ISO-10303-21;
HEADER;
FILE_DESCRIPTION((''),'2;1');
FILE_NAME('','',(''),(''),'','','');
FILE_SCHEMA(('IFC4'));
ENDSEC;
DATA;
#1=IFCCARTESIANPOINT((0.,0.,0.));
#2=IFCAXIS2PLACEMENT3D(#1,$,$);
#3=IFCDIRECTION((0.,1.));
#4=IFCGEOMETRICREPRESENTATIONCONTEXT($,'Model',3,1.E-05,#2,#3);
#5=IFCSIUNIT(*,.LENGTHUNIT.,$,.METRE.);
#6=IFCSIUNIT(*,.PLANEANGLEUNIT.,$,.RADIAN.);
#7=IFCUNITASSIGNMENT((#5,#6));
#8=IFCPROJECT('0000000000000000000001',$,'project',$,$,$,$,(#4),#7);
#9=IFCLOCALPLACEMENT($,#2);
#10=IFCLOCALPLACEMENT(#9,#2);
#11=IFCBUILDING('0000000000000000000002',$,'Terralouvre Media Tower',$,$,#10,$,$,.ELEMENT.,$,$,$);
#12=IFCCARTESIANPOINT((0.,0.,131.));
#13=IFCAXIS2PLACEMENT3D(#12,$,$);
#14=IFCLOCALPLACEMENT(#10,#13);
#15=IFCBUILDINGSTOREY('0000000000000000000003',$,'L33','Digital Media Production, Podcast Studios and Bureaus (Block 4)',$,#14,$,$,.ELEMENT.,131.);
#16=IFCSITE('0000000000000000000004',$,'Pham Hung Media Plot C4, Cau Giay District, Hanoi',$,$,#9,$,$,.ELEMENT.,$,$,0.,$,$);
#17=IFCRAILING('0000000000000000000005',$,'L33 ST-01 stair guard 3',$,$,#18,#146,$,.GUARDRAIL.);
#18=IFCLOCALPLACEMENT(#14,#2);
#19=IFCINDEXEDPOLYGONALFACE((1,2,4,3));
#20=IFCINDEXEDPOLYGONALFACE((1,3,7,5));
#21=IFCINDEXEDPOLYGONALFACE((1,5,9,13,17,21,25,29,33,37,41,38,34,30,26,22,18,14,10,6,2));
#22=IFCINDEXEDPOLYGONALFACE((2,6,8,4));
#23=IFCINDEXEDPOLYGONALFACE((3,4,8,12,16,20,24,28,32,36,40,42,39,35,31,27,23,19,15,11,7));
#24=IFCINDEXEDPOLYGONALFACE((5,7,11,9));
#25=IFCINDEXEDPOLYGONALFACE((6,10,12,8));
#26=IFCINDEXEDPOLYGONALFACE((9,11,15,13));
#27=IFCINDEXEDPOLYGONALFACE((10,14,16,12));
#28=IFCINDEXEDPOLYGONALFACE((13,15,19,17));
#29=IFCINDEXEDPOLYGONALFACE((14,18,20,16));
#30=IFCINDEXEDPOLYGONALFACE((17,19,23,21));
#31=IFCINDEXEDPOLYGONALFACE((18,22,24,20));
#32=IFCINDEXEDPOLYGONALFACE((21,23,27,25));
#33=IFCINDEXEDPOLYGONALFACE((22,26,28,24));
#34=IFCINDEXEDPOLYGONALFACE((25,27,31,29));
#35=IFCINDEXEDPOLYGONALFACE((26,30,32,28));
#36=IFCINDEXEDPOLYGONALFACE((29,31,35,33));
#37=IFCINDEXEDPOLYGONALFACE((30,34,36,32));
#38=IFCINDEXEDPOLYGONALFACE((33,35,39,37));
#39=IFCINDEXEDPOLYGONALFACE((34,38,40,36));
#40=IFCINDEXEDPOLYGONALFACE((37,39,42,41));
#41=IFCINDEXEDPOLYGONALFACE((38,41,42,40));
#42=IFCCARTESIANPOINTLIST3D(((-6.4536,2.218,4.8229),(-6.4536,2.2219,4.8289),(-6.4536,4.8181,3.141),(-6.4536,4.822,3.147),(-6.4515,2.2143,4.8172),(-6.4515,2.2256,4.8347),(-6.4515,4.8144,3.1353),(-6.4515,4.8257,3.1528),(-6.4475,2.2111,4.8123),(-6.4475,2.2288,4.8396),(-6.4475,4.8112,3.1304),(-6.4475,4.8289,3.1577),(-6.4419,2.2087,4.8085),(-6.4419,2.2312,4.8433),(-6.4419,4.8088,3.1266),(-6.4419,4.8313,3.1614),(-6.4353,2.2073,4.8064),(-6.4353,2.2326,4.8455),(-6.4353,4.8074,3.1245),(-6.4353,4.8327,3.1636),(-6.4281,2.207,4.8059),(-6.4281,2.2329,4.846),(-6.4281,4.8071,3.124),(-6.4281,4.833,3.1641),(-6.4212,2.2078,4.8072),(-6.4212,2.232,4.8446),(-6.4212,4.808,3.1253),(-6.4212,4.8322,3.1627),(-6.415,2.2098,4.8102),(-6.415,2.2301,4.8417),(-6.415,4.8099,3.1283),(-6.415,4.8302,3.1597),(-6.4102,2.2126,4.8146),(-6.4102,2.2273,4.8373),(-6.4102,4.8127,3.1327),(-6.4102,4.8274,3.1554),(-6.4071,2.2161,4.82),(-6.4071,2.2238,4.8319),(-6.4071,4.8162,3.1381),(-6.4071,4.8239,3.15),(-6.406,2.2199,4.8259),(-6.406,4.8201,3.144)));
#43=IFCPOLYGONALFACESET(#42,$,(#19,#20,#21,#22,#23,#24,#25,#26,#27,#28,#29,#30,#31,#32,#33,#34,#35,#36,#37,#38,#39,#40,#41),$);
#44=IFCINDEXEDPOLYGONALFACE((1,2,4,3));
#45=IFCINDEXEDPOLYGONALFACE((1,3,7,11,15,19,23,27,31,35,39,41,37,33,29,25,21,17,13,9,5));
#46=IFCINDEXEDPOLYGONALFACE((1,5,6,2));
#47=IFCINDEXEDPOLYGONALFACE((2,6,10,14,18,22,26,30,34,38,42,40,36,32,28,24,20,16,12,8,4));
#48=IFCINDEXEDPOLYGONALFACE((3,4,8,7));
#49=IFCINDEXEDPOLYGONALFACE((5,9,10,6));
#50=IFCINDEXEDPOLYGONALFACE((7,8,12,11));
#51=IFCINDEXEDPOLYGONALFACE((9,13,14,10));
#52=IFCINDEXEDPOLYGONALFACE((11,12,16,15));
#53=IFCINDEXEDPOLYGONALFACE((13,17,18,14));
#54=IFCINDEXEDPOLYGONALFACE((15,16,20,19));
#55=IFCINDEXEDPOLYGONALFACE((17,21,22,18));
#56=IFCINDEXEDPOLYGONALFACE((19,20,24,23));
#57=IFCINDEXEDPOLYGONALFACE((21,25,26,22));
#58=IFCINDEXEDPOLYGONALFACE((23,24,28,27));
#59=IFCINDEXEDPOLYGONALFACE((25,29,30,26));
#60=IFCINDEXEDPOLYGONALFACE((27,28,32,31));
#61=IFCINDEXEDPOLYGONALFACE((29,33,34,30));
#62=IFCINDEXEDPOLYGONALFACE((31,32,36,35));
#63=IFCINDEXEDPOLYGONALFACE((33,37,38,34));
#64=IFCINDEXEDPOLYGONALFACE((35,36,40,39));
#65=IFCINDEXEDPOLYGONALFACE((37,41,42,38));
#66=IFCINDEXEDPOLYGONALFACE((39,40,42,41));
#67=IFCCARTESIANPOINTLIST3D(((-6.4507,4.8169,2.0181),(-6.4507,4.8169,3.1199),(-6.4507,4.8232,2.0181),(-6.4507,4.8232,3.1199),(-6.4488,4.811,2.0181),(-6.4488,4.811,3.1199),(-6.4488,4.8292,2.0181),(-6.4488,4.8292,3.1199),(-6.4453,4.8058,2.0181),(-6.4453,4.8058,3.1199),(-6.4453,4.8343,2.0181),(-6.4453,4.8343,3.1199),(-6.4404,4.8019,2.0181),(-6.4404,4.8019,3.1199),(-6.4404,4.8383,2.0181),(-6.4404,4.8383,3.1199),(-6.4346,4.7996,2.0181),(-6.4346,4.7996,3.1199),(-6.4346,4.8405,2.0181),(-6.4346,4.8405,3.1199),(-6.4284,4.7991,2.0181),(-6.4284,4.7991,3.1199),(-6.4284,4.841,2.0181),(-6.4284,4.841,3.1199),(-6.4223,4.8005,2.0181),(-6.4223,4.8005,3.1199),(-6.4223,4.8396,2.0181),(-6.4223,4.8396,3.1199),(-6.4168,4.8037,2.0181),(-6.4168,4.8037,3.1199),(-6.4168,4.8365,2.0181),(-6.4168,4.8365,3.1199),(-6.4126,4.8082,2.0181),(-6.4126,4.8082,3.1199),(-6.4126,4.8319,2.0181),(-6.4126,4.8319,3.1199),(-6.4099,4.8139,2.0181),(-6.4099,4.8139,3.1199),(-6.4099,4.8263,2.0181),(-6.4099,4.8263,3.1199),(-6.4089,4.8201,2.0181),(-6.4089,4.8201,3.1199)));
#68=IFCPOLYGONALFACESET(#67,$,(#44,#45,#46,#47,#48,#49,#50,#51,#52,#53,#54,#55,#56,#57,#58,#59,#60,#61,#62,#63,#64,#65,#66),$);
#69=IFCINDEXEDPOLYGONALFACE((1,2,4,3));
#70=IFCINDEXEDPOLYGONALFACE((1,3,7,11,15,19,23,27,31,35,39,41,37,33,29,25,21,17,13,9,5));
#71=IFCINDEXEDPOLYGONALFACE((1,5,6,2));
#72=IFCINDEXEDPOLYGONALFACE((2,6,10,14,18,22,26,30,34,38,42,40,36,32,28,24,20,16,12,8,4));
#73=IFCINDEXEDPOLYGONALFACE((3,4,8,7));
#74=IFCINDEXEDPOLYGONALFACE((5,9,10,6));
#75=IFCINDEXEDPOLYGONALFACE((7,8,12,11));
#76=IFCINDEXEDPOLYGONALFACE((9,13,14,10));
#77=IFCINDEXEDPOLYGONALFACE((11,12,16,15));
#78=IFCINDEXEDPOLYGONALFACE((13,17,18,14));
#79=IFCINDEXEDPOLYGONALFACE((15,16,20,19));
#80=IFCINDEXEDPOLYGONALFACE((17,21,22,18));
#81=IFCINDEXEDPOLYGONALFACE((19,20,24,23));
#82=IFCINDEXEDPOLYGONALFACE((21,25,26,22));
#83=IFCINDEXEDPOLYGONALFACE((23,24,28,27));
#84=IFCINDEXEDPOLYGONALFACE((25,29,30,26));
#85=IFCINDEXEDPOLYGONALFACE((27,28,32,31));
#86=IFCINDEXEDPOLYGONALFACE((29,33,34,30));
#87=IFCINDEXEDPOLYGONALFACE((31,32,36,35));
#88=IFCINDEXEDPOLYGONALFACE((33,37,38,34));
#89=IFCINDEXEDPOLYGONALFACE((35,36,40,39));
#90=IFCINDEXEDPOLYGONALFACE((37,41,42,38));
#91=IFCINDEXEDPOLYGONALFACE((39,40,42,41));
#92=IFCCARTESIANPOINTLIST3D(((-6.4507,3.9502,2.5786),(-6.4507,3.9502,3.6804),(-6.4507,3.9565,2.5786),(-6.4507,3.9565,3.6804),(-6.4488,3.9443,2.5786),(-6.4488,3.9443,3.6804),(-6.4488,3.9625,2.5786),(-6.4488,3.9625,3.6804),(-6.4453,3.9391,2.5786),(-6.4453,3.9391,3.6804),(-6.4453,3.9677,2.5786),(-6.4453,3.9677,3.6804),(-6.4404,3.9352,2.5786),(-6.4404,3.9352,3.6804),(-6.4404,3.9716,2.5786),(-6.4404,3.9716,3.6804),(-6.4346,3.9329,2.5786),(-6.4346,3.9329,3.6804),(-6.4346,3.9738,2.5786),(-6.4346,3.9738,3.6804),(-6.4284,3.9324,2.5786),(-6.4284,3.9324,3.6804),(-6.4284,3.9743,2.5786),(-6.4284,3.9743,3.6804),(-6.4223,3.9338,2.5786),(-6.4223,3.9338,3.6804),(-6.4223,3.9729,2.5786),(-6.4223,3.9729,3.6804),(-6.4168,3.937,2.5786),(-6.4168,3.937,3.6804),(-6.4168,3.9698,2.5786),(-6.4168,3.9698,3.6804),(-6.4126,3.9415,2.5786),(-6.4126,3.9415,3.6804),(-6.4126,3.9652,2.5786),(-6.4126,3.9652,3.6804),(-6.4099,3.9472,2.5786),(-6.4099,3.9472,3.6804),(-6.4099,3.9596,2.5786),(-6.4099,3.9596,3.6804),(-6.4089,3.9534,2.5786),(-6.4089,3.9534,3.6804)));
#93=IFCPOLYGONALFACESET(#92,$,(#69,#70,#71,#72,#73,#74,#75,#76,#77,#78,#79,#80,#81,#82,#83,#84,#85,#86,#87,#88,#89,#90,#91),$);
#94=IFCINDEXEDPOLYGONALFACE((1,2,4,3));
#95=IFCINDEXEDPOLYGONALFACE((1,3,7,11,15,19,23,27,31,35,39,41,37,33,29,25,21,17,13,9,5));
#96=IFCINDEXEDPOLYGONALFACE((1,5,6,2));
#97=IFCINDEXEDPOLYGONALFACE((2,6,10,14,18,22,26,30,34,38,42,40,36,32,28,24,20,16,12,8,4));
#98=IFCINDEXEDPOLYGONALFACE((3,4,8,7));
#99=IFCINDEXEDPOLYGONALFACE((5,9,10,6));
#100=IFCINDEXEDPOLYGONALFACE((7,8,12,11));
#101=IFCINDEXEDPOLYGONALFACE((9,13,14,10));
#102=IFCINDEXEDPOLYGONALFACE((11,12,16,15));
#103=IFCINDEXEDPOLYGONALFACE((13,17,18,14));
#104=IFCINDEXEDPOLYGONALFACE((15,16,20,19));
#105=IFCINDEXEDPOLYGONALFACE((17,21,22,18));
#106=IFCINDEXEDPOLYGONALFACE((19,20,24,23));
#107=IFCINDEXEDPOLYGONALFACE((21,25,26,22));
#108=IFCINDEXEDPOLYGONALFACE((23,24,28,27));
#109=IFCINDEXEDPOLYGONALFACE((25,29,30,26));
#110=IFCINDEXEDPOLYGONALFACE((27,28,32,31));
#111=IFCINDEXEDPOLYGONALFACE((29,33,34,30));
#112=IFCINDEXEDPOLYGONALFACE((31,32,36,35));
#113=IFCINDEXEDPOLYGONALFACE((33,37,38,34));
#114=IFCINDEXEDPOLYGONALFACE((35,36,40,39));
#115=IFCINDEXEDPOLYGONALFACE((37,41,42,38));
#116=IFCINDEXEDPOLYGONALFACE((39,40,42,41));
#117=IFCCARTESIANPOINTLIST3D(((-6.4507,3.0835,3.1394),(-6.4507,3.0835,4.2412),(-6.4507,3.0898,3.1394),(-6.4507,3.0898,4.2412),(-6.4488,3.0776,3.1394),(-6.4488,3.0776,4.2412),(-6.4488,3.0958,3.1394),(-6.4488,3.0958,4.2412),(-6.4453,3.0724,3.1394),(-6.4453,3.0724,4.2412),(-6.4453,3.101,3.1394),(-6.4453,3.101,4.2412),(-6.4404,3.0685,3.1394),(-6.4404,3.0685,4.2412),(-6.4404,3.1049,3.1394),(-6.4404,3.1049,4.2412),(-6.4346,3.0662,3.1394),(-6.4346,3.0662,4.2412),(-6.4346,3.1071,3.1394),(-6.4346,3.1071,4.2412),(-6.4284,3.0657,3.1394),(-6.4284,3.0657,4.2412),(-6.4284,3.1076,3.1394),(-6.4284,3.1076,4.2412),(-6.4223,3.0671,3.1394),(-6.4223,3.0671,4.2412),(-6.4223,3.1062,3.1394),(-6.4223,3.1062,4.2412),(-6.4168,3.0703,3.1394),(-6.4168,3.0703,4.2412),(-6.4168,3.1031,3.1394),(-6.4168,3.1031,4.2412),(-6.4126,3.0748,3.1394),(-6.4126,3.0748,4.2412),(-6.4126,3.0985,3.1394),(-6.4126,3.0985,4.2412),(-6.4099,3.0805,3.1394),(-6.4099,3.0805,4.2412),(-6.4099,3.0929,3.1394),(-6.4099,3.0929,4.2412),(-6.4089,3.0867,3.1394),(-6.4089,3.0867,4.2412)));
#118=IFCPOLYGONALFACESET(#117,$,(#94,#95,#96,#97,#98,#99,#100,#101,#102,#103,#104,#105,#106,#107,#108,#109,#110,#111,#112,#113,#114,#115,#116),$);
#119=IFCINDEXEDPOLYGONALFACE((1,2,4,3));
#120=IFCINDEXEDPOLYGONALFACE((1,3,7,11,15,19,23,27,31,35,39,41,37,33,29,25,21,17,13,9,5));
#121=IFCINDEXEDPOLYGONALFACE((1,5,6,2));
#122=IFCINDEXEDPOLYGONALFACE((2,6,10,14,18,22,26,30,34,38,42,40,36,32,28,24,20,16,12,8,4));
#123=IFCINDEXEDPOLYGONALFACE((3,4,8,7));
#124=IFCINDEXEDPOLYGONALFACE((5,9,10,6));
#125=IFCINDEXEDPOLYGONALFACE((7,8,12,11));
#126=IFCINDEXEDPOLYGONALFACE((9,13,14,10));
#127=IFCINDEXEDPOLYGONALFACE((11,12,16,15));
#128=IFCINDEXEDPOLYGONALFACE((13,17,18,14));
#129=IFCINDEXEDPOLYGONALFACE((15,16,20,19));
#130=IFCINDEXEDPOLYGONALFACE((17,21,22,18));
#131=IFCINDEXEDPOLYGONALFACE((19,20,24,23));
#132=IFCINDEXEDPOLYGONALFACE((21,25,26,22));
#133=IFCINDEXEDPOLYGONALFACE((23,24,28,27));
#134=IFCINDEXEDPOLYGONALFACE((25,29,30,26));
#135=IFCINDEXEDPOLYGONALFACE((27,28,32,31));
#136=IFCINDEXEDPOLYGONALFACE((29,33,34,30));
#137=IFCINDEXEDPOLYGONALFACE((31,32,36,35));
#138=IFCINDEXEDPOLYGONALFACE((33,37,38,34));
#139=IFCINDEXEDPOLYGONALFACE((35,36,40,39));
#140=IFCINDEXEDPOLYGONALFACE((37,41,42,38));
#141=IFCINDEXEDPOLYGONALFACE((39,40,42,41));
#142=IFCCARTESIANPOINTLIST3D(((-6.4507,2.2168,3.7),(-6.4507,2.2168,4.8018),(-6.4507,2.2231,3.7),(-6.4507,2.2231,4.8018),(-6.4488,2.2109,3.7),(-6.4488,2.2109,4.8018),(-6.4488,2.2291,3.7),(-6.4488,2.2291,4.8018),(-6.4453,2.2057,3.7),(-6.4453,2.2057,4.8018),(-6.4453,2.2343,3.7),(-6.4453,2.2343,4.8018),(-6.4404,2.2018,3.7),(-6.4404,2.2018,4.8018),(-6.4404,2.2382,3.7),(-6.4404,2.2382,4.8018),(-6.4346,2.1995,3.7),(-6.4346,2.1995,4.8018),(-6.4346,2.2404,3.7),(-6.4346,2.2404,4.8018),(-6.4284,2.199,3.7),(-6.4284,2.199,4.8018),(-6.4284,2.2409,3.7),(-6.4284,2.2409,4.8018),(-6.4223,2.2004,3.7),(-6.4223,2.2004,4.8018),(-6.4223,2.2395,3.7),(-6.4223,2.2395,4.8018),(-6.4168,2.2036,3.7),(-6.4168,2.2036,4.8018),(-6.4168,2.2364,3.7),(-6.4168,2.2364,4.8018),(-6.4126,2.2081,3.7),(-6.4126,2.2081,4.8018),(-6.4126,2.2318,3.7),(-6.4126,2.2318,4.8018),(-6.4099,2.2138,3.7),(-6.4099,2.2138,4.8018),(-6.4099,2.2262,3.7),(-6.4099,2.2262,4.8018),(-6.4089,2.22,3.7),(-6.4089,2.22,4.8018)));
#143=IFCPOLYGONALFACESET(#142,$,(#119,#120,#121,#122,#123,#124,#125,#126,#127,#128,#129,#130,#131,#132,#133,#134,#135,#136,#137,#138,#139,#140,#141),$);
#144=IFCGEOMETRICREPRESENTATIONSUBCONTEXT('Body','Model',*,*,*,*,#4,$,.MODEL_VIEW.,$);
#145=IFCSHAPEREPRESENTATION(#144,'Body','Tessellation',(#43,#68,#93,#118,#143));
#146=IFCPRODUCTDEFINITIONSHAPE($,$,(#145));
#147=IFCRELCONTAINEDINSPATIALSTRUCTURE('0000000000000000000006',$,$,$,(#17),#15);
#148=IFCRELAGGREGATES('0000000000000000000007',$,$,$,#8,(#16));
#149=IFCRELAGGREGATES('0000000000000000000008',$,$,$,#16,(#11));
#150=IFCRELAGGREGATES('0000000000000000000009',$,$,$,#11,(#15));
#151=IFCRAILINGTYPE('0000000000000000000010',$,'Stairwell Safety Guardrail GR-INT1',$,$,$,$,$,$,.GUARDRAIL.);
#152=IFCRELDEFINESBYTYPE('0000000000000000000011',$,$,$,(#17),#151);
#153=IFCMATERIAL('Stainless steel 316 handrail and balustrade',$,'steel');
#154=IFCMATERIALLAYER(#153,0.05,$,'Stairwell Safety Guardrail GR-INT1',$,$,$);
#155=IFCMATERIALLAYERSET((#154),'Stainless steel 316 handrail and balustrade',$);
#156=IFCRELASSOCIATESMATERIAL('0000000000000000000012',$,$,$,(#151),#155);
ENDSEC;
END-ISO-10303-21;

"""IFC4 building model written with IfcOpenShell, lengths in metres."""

from ifc_helpers import new_model, si_unit, direction, frame, origin, origin_2d, place, context, subcontext, project, spatial, circle, extrude, material, layer, layer_set, type_object, element, save


model = new_model("IFC4")

# Units and contexts
model_context = context("Model", 3, precision=1e-05, world=origin(), true_north=direction((0.0, 1.0)))
body_context = subcontext(model_context, "Body", "Model", "MODEL_VIEW")
ifc_project = project(units=[si_unit("LENGTHUNIT", "METRE"), si_unit("PLANEANGLEUNIT", "RADIAN")], contexts=[model_context])

# Site, building, storey
site_placement = place(None, origin())
site = spatial("IfcSite", under=ifc_project, at=site_placement, Name="Pham Hung Media Plot C4, Cau Giay District, Hanoi", CompositionType="ELEMENT", RefElevation=0.0)
building_placement = place(site_placement, origin())
building = spatial("IfcBuilding", under=site, at=building_placement, Name="Terralouvre Media Tower", CompositionType="ELEMENT")
storey_placement = place(building_placement, frame((0.0, 0.0, 131.0)))
storey = spatial("IfcBuildingStorey", under=building, at=storey_placement, Name="L33", Description="Digital Media Production, Podcast Studios and Bureaus (Block 4)", CompositionType="ELEMENT", Elevation=131.0)

# Railing
ifc_material_1 = material(Name="Stainless steel 316 handrail and balustrade", Category="steel")
ifc_layer_1 = layer(ifc_material_1, 0.05, Name="Stairwell Safety Guardrail GR-INT1")
ifc_layer_set_1 = layer_set([ifc_layer_1], Name="Stainless steel 316 handrail and balustrade")
railing_type_1 = type_object("IfcRailingType", Name="Stairwell Safety Guardrail GR-INT1", PredefinedType="GUARDRAIL", material=ifc_layer_set_1)
railing_1_placement = place(storey_placement, frame((-6.4299, 4.8201, 2.0181)))
element("IfcRailing", 1, at=railing_1_placement, inside=storey, type_object=railing_type_1, Name="L33 ST-01 stair guard 3", PredefinedType="GUARDRAIL", context=body_context, shape_type="SweptSolid", body=[
    extrude(circle(Radius=0.0239, at=origin_2d()), frame((0.0, 0.0, 1.126), z_axis=(0.0, -0.839648, 0.54313), x_axis=(1.0, 0.0, 0.0)), (0.0, 0.0, 1.0), 3.0967),
    extrude(circle(Radius=0.021, at=origin_2d()), origin(), (0.0, 0.0, 1.0), 1.1018),
    extrude(circle(Radius=0.021, at=origin_2d()), frame((0.0, -0.8667, 0.5605)), (0.0, 0.0, 1.0), 1.1018),
    extrude(circle(Radius=0.021, at=origin_2d()), frame((0.0, -1.7334, 1.1213)), (0.0, 0.0, 1.0), 1.1018),
    extrude(circle(Radius=0.021, at=origin_2d()), frame((0.0, -2.6001, 1.6819)), (0.0, 0.0, 1.0), 1.1018),
])

save(model, "model.ifc")
